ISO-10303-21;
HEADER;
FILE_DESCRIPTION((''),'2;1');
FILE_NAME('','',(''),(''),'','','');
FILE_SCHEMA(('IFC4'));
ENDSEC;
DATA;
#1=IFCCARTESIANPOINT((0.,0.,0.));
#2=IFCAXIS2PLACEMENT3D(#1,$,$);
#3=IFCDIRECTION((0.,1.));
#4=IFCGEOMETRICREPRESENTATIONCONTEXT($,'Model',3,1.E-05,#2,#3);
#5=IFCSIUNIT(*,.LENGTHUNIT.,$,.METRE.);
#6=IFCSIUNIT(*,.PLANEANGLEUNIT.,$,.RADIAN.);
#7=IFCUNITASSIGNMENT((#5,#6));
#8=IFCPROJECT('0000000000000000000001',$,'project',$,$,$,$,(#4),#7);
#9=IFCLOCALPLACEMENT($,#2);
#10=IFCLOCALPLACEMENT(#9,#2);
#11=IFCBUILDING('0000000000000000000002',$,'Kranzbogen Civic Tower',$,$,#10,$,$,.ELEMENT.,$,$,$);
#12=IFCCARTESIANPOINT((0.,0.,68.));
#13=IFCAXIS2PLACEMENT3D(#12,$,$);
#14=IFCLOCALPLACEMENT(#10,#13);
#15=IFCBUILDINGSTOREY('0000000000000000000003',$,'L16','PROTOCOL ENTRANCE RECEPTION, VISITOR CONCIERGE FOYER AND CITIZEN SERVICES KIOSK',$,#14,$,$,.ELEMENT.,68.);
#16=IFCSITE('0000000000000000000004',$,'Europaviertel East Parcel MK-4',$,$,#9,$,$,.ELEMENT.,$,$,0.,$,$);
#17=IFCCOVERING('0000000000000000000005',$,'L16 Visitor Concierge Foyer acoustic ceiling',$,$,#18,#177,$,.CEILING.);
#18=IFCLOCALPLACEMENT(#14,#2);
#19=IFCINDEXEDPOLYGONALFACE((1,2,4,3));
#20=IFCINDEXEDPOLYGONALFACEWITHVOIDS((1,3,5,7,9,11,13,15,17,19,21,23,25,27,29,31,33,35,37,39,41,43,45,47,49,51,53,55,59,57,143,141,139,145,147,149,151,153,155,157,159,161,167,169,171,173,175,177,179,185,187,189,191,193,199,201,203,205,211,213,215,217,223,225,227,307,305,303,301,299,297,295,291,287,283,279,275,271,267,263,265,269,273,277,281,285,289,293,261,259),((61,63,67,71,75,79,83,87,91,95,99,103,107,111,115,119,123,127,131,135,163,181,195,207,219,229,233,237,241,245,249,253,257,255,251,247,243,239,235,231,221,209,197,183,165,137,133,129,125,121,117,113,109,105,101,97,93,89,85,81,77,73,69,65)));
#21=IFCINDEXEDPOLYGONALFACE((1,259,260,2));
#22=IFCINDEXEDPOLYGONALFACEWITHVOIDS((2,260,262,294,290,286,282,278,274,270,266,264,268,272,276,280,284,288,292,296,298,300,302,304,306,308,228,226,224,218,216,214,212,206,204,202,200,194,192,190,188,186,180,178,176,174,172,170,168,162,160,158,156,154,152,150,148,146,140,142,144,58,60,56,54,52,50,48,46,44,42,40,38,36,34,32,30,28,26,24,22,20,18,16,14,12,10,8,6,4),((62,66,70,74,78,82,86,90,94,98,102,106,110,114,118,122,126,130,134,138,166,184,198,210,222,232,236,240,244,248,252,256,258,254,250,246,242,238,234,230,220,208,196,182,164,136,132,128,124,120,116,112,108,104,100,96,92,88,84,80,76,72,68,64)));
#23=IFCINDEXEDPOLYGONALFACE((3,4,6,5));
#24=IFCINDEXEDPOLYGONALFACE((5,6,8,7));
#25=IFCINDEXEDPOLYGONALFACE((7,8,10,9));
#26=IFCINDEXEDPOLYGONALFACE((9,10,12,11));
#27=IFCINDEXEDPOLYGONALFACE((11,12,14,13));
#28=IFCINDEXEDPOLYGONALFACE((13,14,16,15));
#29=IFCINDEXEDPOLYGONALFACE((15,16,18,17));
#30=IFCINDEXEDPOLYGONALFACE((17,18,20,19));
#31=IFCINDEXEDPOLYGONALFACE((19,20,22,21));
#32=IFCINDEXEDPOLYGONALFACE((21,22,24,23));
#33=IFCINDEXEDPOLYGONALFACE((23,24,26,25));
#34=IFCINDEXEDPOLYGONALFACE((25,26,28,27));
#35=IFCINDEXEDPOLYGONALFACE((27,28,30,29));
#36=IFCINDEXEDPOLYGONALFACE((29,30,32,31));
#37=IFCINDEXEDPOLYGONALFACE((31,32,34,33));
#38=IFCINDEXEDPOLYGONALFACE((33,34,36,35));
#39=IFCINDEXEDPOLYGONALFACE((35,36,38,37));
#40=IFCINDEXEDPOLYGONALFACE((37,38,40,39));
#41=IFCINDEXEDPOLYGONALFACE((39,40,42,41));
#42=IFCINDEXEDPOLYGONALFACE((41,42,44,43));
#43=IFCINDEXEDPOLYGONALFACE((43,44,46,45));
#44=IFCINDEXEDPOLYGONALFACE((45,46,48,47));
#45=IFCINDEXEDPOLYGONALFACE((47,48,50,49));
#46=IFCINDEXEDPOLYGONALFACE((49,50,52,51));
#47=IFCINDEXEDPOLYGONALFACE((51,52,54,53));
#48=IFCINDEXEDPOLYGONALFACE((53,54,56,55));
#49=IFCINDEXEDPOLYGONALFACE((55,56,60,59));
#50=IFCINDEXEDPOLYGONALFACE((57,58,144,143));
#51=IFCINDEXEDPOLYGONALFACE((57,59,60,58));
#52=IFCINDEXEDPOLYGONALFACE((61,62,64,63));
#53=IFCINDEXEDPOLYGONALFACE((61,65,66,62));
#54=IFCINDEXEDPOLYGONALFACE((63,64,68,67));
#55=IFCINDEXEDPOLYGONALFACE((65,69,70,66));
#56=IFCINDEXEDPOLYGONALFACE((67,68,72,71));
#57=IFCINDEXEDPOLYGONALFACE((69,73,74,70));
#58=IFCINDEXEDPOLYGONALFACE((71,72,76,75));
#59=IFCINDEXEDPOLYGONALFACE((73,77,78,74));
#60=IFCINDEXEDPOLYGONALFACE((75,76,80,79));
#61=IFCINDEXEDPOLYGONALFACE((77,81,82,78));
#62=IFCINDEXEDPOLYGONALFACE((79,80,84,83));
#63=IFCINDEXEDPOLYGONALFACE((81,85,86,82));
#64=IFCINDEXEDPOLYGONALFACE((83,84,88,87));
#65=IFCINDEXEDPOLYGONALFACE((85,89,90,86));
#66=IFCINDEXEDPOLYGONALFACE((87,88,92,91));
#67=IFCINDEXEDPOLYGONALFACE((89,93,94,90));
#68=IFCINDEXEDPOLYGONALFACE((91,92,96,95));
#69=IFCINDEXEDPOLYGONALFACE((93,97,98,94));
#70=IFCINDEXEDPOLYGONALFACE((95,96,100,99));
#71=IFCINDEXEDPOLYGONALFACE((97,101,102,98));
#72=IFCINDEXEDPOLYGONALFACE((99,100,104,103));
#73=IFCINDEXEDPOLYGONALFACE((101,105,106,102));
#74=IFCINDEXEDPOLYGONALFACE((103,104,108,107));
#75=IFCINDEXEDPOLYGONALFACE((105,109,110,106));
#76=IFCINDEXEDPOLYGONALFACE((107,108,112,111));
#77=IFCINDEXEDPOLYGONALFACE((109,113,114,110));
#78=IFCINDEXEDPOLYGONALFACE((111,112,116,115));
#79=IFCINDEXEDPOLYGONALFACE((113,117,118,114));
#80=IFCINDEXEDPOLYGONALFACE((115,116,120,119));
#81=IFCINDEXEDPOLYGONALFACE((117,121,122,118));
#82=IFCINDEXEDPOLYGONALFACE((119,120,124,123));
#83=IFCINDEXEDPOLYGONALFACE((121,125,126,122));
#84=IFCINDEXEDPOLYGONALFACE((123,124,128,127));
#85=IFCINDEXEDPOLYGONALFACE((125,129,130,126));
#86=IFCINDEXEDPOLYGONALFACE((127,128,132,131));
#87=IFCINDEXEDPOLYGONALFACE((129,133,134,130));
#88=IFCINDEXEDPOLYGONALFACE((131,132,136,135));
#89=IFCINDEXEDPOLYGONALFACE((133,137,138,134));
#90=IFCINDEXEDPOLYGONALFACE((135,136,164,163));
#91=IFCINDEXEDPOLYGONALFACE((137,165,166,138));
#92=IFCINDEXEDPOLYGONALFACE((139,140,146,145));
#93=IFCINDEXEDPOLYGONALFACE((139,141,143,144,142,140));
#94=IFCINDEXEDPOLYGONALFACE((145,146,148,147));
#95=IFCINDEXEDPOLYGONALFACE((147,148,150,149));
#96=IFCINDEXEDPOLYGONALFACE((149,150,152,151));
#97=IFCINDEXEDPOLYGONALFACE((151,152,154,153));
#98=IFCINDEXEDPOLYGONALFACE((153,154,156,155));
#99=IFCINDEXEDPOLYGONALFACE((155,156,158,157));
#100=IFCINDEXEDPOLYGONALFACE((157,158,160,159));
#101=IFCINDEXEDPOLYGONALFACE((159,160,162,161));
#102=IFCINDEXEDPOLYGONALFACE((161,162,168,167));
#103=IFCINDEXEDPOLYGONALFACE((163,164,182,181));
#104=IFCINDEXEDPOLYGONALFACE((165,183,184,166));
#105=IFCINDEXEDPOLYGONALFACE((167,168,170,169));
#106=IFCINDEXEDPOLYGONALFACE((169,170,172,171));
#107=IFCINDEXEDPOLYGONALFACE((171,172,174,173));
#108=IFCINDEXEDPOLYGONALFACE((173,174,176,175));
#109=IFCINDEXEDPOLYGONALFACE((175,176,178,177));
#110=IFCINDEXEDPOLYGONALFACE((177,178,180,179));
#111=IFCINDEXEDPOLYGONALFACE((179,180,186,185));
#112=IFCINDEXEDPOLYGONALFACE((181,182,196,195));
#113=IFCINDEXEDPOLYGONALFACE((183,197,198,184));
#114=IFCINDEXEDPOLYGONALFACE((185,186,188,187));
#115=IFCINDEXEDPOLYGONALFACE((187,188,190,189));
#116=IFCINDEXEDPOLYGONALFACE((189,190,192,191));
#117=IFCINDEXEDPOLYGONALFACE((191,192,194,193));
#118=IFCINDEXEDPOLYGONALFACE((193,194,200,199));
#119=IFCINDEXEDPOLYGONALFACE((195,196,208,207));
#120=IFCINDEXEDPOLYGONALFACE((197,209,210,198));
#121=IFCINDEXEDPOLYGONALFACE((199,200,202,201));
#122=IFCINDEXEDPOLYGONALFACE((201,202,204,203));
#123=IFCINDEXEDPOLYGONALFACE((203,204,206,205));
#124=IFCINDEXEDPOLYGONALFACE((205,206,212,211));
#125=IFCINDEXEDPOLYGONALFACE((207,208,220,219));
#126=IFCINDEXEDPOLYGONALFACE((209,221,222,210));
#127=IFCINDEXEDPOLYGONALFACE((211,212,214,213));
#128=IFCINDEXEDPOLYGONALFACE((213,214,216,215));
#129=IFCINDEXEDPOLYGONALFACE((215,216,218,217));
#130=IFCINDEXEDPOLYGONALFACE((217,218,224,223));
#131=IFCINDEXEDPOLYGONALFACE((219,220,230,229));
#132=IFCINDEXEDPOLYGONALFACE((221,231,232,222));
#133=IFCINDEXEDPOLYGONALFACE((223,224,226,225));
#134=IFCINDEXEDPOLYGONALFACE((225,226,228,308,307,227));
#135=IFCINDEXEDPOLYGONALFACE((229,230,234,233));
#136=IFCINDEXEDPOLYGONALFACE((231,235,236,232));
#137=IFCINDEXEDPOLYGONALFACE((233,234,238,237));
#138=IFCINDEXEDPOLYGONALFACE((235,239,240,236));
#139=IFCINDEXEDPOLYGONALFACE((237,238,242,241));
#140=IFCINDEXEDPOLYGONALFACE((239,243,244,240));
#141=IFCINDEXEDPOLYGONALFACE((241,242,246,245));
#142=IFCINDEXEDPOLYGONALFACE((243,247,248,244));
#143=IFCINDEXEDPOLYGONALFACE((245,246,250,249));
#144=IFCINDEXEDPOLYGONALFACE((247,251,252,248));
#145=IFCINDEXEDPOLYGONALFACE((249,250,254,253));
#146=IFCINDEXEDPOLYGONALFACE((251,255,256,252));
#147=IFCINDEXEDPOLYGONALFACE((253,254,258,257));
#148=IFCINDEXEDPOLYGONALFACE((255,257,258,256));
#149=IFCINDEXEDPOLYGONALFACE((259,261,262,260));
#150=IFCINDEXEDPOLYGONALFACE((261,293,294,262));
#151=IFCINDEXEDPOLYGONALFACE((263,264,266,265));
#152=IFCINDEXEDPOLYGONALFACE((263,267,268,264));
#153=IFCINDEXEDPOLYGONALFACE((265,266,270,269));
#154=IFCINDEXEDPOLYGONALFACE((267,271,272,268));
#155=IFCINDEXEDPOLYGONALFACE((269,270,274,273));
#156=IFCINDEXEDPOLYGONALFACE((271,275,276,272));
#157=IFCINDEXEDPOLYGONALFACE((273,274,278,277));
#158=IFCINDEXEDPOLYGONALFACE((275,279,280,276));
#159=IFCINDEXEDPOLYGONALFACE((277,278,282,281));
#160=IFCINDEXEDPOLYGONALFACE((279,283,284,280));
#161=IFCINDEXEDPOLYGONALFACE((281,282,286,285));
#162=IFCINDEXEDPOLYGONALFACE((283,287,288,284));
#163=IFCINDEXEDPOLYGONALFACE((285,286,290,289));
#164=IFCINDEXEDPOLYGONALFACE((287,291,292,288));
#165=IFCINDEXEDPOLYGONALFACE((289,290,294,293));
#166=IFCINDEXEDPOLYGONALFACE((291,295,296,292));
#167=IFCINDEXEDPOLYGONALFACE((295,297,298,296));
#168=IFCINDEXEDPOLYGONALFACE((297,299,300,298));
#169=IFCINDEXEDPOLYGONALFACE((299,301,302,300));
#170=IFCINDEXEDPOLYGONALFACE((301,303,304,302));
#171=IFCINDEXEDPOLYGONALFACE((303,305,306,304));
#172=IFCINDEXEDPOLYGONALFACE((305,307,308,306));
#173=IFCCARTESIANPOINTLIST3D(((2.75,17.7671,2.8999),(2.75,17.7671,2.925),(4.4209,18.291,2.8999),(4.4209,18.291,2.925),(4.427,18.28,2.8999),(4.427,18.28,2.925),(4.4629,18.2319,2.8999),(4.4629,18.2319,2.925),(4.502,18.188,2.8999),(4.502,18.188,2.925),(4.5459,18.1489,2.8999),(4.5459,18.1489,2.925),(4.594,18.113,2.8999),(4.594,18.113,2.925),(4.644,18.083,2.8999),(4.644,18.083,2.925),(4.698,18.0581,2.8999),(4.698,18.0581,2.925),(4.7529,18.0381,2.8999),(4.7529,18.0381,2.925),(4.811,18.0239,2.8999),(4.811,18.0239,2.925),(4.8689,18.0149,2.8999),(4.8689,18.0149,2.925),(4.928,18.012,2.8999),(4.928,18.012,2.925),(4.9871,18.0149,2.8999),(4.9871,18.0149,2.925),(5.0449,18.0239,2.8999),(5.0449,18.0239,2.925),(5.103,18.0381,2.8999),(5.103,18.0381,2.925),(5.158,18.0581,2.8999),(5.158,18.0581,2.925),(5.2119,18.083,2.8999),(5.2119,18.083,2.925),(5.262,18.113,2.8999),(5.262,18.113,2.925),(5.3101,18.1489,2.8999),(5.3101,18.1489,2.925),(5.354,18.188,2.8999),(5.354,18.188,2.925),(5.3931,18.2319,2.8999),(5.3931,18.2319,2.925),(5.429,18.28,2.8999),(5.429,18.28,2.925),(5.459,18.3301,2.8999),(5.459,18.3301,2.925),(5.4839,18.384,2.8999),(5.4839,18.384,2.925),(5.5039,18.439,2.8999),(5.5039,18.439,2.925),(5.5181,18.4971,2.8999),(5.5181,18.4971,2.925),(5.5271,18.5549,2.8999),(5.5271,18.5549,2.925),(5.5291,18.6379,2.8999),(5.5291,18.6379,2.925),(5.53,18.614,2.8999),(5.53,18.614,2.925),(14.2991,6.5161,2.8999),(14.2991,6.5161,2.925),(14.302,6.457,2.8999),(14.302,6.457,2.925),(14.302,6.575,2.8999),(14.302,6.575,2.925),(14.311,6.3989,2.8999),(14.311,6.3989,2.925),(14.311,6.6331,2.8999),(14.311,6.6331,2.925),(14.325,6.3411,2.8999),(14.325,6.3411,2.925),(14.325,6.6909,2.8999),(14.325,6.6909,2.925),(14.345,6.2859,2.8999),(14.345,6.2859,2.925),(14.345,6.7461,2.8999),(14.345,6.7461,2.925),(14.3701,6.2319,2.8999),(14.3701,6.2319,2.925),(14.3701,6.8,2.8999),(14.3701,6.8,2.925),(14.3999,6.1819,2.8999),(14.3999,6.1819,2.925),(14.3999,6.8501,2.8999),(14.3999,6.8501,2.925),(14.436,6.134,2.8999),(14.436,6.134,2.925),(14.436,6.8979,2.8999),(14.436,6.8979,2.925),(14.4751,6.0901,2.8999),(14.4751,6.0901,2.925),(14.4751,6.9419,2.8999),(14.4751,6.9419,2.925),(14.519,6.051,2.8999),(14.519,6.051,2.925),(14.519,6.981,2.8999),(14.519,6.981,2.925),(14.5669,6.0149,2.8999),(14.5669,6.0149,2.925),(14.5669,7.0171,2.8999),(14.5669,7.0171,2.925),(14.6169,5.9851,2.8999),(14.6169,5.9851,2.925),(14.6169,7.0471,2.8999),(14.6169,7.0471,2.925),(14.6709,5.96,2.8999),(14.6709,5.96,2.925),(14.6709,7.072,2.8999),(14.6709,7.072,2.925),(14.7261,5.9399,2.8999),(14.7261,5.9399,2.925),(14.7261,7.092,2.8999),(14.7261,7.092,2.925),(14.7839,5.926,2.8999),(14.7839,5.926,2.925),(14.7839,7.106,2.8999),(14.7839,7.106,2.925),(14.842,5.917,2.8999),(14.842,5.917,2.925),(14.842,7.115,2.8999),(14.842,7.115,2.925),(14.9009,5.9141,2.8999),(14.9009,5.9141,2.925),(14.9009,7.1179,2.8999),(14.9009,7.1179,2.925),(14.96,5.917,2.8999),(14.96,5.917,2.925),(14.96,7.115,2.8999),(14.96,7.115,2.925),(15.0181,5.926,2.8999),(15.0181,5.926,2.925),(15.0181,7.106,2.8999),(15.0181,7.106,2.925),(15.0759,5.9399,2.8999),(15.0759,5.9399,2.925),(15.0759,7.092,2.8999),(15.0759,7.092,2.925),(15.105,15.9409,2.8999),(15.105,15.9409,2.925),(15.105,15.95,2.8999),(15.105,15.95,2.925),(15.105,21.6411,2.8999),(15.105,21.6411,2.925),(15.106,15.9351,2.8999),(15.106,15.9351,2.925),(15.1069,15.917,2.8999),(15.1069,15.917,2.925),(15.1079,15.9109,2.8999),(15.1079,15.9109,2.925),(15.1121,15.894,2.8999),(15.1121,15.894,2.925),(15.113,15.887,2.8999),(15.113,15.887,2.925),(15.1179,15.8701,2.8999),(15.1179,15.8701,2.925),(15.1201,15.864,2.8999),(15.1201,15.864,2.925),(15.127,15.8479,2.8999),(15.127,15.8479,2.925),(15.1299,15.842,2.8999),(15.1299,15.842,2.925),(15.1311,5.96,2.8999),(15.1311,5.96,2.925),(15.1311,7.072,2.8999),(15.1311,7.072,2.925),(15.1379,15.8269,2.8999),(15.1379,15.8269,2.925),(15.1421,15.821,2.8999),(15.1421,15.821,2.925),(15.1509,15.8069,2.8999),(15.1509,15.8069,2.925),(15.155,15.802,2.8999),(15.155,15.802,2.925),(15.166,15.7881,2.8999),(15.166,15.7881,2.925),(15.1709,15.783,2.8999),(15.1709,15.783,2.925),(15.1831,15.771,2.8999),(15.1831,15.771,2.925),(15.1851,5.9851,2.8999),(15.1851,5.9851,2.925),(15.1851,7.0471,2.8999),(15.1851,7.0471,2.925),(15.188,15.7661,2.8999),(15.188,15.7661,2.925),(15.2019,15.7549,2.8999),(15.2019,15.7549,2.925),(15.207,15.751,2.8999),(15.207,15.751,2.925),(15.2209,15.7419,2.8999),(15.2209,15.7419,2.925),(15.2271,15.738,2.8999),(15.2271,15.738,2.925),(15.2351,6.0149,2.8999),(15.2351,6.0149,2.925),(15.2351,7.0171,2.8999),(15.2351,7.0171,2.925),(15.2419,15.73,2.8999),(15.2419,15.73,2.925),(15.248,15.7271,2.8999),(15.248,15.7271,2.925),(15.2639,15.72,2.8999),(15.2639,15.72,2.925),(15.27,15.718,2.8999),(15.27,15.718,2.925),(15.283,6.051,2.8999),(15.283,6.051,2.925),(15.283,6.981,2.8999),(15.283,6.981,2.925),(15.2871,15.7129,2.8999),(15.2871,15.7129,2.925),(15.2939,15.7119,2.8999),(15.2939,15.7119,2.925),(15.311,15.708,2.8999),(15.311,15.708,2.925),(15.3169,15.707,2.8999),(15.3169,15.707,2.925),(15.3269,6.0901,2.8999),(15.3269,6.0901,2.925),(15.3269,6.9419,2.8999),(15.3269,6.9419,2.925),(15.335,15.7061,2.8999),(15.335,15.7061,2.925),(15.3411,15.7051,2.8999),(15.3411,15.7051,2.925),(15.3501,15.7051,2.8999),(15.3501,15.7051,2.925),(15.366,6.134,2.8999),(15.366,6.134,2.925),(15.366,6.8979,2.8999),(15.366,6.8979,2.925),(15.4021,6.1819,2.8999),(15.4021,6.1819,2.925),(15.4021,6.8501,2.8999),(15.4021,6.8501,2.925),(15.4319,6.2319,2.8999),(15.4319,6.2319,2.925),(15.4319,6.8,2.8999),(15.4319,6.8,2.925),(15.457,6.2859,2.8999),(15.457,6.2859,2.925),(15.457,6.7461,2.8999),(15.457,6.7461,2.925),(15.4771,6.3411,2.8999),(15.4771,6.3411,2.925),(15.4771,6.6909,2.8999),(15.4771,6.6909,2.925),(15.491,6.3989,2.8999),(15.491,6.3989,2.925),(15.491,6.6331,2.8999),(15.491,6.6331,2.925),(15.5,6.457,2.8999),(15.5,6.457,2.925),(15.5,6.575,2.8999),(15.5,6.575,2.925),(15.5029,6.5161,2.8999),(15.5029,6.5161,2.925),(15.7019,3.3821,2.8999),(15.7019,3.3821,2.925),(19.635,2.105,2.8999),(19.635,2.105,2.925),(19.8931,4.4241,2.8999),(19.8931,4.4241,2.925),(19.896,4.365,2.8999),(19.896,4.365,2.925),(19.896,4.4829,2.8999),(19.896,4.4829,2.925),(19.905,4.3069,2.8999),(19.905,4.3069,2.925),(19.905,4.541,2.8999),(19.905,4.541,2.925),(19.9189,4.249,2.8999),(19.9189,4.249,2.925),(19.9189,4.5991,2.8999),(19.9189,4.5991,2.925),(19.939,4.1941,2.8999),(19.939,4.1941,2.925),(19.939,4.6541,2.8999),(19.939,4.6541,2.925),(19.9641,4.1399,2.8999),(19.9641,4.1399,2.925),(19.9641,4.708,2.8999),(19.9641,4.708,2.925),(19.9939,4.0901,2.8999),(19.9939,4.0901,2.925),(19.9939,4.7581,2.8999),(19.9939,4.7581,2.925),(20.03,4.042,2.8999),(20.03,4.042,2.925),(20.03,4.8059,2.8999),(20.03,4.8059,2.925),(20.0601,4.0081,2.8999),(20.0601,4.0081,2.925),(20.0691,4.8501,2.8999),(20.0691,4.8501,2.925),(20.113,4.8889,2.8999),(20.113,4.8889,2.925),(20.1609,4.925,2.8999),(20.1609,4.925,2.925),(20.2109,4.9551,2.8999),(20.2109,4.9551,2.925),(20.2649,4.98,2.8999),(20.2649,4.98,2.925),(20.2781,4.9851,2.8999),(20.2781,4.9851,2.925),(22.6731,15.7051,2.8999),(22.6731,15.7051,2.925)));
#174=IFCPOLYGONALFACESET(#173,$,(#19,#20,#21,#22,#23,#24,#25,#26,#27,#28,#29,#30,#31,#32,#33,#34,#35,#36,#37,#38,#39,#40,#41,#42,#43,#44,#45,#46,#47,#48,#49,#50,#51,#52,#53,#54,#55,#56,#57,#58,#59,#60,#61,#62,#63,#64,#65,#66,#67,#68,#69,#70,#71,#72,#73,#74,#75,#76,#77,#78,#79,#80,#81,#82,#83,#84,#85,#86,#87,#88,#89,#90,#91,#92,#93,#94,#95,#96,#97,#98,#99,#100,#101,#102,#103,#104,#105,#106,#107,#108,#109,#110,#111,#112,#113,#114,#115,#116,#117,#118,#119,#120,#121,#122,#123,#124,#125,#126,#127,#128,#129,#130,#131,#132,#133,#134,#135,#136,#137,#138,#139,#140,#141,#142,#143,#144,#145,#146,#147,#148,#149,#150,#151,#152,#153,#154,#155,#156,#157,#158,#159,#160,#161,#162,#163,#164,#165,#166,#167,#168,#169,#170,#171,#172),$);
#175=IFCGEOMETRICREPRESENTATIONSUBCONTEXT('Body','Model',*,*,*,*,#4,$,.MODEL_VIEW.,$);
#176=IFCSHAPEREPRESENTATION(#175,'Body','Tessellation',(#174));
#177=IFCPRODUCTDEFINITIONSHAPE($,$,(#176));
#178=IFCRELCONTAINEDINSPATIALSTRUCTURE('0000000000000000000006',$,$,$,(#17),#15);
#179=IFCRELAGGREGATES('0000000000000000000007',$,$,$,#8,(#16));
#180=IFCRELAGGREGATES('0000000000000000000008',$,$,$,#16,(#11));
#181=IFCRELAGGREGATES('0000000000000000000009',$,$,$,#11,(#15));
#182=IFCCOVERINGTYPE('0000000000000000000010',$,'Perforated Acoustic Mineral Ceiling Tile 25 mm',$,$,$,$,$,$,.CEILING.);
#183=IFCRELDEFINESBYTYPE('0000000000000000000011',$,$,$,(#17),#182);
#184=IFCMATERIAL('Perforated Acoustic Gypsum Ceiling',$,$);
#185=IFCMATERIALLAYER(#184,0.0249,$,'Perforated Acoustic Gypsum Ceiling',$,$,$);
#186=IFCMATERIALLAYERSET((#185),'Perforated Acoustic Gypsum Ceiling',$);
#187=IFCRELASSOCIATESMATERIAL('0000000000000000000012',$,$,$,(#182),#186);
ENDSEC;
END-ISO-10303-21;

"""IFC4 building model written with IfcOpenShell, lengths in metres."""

from ifc_helpers import new_model, si_unit, direction, frame, origin, place, context, subcontext, project, spatial, polyline, outline, extrude, material, layer, layer_set, type_object, element, save


model = new_model("IFC4")

# Units and contexts
model_context = context("Model", 3, precision=1e-05, world=origin(), true_north=direction((0.0, 1.0)))
body_context = subcontext(model_context, "Body", "Model", "MODEL_VIEW")
ifc_project = project(units=[si_unit("LENGTHUNIT", "METRE"), si_unit("PLANEANGLEUNIT", "RADIAN")], contexts=[model_context])

# Site, building, storey
site_placement = place(None, origin())
site = spatial("IfcSite", under=ifc_project, at=site_placement, Name="Europaviertel East Parcel MK-4", CompositionType="ELEMENT", RefElevation=0.0)
building_placement = place(site_placement, origin())
building = spatial("IfcBuilding", under=site, at=building_placement, Name="Kranzbogen Civic Tower", CompositionType="ELEMENT")
storey_placement = place(building_placement, frame((0.0, 0.0, 68.0)))
storey = spatial("IfcBuildingStorey", under=building, at=storey_placement, Name="L16", Description="PROTOCOL ENTRANCE RECEPTION, VISITOR CONCIERGE FOYER AND CITIZEN SERVICES KIOSK", CompositionType="ELEMENT", Elevation=68.0)

# Covering
ifc_material_1 = material(Name="Perforated Acoustic Gypsum Ceiling")
ifc_layer_1 = layer(ifc_material_1, 0.0249, Name="Perforated Acoustic Gypsum Ceiling")
ifc_layer_set_1 = layer_set([ifc_layer_1], Name="Perforated Acoustic Gypsum Ceiling")
covering_type = type_object("IfcCoveringType", Name="Perforated Acoustic Mineral Ceiling Tile 25 mm", PredefinedType="CEILING", material=ifc_layer_set_1)
covering_1_placement = place(storey_placement, frame((0.0, 0.0, 2.8999)))
element("IfcCovering", 1, at=covering_1_placement, inside=storey, type_object=covering_type, Name="L16 Visitor Concierge Foyer acoustic ceiling", PredefinedType="CEILING", context=body_context, shape_type="SweptSolid", body=[
    extrude(outline(polyline([(2.75, 17.7671), (4.4209, 18.291), (4.427, 18.28), (4.4629, 18.2319), (4.502, 18.188), (4.5459, 18.1489), (4.594, 18.113), (4.644, 18.083), (4.698, 18.0581), (4.7529, 18.0381), (4.811, 18.0239), (4.8689, 18.0149), (4.928, 18.012), (4.9871, 18.0149), (5.0449, 18.0239), (5.103, 18.0381), (5.158, 18.0581), (5.2119, 18.083), (5.262, 18.113), (5.3101, 18.1489), (5.354, 18.188), (5.3931, 18.2319), (5.429, 18.28), (5.459, 18.3301), (5.4839, 18.384), (5.5039, 18.439), (5.5181, 18.4971), (5.5271, 18.5549), (5.53, 18.614), (5.5291, 18.6379), (15.105, 21.6411), (15.105, 15.95), (15.105, 15.9409), (15.106, 15.9351), (15.1069, 15.917), (15.1079, 15.9109), (15.1121, 15.894), (15.113, 15.887), (15.1179, 15.8701), (15.1201, 15.864), (15.127, 15.8479), (15.1299, 15.842), (15.1379, 15.8269), (15.1421, 15.821), (15.1509, 15.8069), (15.155, 15.802), (15.166, 15.7881), (15.1709, 15.783), (15.1831, 15.771), (15.188, 15.7661), (15.2019, 15.7549), (15.207, 15.751), (15.2209, 15.7419), (15.2271, 15.738), (15.2419, 15.73), (15.248, 15.7271), (15.2639, 15.72), (15.27, 15.718), (15.2871, 15.7129), (15.2939, 15.7119), (15.311, 15.708), (15.3169, 15.707), (15.335, 15.7061), (15.3411, 15.7051), (15.3501, 15.7051), (22.6731, 15.7051), (20.2781, 4.9851), (20.2649, 4.98), (20.2109, 4.9551), (20.1609, 4.925), (20.113, 4.8889), (20.0691, 4.8501), (20.03, 4.8059), (19.9939, 4.7581), (19.9641, 4.708), (19.939, 4.6541), (19.9189, 4.5991), (19.905, 4.541), (19.896, 4.4829), (19.8931, 4.4241), (19.896, 4.365), (19.905, 4.3069), (19.9189, 4.249), (19.939, 4.1941), (19.9641, 4.1399), (19.9939, 4.0901), (20.03, 4.042), (20.0601, 4.0081), (19.635, 2.105), (15.7019, 3.3821), (2.75, 17.7671)]), holes=[polyline([(15.457, 6.2859), (15.4319, 6.2319), (15.4021, 6.1819), (15.366, 6.134), (15.3269, 6.0901), (15.283, 6.051), (15.2351, 6.0149), (15.1851, 5.9851), (15.1311, 5.96), (15.0759, 5.9399), (15.0181, 5.926), (14.96, 5.917), (14.9009, 5.9141), (14.842, 5.917), (14.7839, 5.926), (14.7261, 5.9399), (14.6709, 5.96), (14.6169, 5.9851), (14.5669, 6.0149), (14.519, 6.051), (14.4751, 6.0901), (14.436, 6.134), (14.3999, 6.1819), (14.3701, 6.2319), (14.345, 6.2859), (14.325, 6.3411), (14.311, 6.3989), (14.302, 6.457), (14.2991, 6.5161), (14.302, 6.575), (14.311, 6.6331), (14.325, 6.6909), (14.345, 6.7461), (14.3701, 6.8), (14.3999, 6.8501), (14.436, 6.8979), (14.4751, 6.9419), (14.519, 6.981), (14.5669, 7.0171), (14.6169, 7.0471), (14.6709, 7.072), (14.7261, 7.092), (14.7839, 7.106), (14.842, 7.115), (14.9009, 7.1179), (14.96, 7.115), (15.0181, 7.106), (15.0759, 7.092), (15.1311, 7.072), (15.1851, 7.0471), (15.2351, 7.0171), (15.283, 6.981), (15.3269, 6.9419), (15.366, 6.8979), (15.4021, 6.8501), (15.4319, 6.8), (15.457, 6.7461), (15.4771, 6.6909), (15.491, 6.6331), (15.5, 6.575), (15.5029, 6.5161), (15.5, 6.457), (15.491, 6.3989), (15.4771, 6.3411), (15.457, 6.2859)])]), origin(), (0.0, 0.0, 1.0), 0.0251),
])

save(model, "model.ifc")
